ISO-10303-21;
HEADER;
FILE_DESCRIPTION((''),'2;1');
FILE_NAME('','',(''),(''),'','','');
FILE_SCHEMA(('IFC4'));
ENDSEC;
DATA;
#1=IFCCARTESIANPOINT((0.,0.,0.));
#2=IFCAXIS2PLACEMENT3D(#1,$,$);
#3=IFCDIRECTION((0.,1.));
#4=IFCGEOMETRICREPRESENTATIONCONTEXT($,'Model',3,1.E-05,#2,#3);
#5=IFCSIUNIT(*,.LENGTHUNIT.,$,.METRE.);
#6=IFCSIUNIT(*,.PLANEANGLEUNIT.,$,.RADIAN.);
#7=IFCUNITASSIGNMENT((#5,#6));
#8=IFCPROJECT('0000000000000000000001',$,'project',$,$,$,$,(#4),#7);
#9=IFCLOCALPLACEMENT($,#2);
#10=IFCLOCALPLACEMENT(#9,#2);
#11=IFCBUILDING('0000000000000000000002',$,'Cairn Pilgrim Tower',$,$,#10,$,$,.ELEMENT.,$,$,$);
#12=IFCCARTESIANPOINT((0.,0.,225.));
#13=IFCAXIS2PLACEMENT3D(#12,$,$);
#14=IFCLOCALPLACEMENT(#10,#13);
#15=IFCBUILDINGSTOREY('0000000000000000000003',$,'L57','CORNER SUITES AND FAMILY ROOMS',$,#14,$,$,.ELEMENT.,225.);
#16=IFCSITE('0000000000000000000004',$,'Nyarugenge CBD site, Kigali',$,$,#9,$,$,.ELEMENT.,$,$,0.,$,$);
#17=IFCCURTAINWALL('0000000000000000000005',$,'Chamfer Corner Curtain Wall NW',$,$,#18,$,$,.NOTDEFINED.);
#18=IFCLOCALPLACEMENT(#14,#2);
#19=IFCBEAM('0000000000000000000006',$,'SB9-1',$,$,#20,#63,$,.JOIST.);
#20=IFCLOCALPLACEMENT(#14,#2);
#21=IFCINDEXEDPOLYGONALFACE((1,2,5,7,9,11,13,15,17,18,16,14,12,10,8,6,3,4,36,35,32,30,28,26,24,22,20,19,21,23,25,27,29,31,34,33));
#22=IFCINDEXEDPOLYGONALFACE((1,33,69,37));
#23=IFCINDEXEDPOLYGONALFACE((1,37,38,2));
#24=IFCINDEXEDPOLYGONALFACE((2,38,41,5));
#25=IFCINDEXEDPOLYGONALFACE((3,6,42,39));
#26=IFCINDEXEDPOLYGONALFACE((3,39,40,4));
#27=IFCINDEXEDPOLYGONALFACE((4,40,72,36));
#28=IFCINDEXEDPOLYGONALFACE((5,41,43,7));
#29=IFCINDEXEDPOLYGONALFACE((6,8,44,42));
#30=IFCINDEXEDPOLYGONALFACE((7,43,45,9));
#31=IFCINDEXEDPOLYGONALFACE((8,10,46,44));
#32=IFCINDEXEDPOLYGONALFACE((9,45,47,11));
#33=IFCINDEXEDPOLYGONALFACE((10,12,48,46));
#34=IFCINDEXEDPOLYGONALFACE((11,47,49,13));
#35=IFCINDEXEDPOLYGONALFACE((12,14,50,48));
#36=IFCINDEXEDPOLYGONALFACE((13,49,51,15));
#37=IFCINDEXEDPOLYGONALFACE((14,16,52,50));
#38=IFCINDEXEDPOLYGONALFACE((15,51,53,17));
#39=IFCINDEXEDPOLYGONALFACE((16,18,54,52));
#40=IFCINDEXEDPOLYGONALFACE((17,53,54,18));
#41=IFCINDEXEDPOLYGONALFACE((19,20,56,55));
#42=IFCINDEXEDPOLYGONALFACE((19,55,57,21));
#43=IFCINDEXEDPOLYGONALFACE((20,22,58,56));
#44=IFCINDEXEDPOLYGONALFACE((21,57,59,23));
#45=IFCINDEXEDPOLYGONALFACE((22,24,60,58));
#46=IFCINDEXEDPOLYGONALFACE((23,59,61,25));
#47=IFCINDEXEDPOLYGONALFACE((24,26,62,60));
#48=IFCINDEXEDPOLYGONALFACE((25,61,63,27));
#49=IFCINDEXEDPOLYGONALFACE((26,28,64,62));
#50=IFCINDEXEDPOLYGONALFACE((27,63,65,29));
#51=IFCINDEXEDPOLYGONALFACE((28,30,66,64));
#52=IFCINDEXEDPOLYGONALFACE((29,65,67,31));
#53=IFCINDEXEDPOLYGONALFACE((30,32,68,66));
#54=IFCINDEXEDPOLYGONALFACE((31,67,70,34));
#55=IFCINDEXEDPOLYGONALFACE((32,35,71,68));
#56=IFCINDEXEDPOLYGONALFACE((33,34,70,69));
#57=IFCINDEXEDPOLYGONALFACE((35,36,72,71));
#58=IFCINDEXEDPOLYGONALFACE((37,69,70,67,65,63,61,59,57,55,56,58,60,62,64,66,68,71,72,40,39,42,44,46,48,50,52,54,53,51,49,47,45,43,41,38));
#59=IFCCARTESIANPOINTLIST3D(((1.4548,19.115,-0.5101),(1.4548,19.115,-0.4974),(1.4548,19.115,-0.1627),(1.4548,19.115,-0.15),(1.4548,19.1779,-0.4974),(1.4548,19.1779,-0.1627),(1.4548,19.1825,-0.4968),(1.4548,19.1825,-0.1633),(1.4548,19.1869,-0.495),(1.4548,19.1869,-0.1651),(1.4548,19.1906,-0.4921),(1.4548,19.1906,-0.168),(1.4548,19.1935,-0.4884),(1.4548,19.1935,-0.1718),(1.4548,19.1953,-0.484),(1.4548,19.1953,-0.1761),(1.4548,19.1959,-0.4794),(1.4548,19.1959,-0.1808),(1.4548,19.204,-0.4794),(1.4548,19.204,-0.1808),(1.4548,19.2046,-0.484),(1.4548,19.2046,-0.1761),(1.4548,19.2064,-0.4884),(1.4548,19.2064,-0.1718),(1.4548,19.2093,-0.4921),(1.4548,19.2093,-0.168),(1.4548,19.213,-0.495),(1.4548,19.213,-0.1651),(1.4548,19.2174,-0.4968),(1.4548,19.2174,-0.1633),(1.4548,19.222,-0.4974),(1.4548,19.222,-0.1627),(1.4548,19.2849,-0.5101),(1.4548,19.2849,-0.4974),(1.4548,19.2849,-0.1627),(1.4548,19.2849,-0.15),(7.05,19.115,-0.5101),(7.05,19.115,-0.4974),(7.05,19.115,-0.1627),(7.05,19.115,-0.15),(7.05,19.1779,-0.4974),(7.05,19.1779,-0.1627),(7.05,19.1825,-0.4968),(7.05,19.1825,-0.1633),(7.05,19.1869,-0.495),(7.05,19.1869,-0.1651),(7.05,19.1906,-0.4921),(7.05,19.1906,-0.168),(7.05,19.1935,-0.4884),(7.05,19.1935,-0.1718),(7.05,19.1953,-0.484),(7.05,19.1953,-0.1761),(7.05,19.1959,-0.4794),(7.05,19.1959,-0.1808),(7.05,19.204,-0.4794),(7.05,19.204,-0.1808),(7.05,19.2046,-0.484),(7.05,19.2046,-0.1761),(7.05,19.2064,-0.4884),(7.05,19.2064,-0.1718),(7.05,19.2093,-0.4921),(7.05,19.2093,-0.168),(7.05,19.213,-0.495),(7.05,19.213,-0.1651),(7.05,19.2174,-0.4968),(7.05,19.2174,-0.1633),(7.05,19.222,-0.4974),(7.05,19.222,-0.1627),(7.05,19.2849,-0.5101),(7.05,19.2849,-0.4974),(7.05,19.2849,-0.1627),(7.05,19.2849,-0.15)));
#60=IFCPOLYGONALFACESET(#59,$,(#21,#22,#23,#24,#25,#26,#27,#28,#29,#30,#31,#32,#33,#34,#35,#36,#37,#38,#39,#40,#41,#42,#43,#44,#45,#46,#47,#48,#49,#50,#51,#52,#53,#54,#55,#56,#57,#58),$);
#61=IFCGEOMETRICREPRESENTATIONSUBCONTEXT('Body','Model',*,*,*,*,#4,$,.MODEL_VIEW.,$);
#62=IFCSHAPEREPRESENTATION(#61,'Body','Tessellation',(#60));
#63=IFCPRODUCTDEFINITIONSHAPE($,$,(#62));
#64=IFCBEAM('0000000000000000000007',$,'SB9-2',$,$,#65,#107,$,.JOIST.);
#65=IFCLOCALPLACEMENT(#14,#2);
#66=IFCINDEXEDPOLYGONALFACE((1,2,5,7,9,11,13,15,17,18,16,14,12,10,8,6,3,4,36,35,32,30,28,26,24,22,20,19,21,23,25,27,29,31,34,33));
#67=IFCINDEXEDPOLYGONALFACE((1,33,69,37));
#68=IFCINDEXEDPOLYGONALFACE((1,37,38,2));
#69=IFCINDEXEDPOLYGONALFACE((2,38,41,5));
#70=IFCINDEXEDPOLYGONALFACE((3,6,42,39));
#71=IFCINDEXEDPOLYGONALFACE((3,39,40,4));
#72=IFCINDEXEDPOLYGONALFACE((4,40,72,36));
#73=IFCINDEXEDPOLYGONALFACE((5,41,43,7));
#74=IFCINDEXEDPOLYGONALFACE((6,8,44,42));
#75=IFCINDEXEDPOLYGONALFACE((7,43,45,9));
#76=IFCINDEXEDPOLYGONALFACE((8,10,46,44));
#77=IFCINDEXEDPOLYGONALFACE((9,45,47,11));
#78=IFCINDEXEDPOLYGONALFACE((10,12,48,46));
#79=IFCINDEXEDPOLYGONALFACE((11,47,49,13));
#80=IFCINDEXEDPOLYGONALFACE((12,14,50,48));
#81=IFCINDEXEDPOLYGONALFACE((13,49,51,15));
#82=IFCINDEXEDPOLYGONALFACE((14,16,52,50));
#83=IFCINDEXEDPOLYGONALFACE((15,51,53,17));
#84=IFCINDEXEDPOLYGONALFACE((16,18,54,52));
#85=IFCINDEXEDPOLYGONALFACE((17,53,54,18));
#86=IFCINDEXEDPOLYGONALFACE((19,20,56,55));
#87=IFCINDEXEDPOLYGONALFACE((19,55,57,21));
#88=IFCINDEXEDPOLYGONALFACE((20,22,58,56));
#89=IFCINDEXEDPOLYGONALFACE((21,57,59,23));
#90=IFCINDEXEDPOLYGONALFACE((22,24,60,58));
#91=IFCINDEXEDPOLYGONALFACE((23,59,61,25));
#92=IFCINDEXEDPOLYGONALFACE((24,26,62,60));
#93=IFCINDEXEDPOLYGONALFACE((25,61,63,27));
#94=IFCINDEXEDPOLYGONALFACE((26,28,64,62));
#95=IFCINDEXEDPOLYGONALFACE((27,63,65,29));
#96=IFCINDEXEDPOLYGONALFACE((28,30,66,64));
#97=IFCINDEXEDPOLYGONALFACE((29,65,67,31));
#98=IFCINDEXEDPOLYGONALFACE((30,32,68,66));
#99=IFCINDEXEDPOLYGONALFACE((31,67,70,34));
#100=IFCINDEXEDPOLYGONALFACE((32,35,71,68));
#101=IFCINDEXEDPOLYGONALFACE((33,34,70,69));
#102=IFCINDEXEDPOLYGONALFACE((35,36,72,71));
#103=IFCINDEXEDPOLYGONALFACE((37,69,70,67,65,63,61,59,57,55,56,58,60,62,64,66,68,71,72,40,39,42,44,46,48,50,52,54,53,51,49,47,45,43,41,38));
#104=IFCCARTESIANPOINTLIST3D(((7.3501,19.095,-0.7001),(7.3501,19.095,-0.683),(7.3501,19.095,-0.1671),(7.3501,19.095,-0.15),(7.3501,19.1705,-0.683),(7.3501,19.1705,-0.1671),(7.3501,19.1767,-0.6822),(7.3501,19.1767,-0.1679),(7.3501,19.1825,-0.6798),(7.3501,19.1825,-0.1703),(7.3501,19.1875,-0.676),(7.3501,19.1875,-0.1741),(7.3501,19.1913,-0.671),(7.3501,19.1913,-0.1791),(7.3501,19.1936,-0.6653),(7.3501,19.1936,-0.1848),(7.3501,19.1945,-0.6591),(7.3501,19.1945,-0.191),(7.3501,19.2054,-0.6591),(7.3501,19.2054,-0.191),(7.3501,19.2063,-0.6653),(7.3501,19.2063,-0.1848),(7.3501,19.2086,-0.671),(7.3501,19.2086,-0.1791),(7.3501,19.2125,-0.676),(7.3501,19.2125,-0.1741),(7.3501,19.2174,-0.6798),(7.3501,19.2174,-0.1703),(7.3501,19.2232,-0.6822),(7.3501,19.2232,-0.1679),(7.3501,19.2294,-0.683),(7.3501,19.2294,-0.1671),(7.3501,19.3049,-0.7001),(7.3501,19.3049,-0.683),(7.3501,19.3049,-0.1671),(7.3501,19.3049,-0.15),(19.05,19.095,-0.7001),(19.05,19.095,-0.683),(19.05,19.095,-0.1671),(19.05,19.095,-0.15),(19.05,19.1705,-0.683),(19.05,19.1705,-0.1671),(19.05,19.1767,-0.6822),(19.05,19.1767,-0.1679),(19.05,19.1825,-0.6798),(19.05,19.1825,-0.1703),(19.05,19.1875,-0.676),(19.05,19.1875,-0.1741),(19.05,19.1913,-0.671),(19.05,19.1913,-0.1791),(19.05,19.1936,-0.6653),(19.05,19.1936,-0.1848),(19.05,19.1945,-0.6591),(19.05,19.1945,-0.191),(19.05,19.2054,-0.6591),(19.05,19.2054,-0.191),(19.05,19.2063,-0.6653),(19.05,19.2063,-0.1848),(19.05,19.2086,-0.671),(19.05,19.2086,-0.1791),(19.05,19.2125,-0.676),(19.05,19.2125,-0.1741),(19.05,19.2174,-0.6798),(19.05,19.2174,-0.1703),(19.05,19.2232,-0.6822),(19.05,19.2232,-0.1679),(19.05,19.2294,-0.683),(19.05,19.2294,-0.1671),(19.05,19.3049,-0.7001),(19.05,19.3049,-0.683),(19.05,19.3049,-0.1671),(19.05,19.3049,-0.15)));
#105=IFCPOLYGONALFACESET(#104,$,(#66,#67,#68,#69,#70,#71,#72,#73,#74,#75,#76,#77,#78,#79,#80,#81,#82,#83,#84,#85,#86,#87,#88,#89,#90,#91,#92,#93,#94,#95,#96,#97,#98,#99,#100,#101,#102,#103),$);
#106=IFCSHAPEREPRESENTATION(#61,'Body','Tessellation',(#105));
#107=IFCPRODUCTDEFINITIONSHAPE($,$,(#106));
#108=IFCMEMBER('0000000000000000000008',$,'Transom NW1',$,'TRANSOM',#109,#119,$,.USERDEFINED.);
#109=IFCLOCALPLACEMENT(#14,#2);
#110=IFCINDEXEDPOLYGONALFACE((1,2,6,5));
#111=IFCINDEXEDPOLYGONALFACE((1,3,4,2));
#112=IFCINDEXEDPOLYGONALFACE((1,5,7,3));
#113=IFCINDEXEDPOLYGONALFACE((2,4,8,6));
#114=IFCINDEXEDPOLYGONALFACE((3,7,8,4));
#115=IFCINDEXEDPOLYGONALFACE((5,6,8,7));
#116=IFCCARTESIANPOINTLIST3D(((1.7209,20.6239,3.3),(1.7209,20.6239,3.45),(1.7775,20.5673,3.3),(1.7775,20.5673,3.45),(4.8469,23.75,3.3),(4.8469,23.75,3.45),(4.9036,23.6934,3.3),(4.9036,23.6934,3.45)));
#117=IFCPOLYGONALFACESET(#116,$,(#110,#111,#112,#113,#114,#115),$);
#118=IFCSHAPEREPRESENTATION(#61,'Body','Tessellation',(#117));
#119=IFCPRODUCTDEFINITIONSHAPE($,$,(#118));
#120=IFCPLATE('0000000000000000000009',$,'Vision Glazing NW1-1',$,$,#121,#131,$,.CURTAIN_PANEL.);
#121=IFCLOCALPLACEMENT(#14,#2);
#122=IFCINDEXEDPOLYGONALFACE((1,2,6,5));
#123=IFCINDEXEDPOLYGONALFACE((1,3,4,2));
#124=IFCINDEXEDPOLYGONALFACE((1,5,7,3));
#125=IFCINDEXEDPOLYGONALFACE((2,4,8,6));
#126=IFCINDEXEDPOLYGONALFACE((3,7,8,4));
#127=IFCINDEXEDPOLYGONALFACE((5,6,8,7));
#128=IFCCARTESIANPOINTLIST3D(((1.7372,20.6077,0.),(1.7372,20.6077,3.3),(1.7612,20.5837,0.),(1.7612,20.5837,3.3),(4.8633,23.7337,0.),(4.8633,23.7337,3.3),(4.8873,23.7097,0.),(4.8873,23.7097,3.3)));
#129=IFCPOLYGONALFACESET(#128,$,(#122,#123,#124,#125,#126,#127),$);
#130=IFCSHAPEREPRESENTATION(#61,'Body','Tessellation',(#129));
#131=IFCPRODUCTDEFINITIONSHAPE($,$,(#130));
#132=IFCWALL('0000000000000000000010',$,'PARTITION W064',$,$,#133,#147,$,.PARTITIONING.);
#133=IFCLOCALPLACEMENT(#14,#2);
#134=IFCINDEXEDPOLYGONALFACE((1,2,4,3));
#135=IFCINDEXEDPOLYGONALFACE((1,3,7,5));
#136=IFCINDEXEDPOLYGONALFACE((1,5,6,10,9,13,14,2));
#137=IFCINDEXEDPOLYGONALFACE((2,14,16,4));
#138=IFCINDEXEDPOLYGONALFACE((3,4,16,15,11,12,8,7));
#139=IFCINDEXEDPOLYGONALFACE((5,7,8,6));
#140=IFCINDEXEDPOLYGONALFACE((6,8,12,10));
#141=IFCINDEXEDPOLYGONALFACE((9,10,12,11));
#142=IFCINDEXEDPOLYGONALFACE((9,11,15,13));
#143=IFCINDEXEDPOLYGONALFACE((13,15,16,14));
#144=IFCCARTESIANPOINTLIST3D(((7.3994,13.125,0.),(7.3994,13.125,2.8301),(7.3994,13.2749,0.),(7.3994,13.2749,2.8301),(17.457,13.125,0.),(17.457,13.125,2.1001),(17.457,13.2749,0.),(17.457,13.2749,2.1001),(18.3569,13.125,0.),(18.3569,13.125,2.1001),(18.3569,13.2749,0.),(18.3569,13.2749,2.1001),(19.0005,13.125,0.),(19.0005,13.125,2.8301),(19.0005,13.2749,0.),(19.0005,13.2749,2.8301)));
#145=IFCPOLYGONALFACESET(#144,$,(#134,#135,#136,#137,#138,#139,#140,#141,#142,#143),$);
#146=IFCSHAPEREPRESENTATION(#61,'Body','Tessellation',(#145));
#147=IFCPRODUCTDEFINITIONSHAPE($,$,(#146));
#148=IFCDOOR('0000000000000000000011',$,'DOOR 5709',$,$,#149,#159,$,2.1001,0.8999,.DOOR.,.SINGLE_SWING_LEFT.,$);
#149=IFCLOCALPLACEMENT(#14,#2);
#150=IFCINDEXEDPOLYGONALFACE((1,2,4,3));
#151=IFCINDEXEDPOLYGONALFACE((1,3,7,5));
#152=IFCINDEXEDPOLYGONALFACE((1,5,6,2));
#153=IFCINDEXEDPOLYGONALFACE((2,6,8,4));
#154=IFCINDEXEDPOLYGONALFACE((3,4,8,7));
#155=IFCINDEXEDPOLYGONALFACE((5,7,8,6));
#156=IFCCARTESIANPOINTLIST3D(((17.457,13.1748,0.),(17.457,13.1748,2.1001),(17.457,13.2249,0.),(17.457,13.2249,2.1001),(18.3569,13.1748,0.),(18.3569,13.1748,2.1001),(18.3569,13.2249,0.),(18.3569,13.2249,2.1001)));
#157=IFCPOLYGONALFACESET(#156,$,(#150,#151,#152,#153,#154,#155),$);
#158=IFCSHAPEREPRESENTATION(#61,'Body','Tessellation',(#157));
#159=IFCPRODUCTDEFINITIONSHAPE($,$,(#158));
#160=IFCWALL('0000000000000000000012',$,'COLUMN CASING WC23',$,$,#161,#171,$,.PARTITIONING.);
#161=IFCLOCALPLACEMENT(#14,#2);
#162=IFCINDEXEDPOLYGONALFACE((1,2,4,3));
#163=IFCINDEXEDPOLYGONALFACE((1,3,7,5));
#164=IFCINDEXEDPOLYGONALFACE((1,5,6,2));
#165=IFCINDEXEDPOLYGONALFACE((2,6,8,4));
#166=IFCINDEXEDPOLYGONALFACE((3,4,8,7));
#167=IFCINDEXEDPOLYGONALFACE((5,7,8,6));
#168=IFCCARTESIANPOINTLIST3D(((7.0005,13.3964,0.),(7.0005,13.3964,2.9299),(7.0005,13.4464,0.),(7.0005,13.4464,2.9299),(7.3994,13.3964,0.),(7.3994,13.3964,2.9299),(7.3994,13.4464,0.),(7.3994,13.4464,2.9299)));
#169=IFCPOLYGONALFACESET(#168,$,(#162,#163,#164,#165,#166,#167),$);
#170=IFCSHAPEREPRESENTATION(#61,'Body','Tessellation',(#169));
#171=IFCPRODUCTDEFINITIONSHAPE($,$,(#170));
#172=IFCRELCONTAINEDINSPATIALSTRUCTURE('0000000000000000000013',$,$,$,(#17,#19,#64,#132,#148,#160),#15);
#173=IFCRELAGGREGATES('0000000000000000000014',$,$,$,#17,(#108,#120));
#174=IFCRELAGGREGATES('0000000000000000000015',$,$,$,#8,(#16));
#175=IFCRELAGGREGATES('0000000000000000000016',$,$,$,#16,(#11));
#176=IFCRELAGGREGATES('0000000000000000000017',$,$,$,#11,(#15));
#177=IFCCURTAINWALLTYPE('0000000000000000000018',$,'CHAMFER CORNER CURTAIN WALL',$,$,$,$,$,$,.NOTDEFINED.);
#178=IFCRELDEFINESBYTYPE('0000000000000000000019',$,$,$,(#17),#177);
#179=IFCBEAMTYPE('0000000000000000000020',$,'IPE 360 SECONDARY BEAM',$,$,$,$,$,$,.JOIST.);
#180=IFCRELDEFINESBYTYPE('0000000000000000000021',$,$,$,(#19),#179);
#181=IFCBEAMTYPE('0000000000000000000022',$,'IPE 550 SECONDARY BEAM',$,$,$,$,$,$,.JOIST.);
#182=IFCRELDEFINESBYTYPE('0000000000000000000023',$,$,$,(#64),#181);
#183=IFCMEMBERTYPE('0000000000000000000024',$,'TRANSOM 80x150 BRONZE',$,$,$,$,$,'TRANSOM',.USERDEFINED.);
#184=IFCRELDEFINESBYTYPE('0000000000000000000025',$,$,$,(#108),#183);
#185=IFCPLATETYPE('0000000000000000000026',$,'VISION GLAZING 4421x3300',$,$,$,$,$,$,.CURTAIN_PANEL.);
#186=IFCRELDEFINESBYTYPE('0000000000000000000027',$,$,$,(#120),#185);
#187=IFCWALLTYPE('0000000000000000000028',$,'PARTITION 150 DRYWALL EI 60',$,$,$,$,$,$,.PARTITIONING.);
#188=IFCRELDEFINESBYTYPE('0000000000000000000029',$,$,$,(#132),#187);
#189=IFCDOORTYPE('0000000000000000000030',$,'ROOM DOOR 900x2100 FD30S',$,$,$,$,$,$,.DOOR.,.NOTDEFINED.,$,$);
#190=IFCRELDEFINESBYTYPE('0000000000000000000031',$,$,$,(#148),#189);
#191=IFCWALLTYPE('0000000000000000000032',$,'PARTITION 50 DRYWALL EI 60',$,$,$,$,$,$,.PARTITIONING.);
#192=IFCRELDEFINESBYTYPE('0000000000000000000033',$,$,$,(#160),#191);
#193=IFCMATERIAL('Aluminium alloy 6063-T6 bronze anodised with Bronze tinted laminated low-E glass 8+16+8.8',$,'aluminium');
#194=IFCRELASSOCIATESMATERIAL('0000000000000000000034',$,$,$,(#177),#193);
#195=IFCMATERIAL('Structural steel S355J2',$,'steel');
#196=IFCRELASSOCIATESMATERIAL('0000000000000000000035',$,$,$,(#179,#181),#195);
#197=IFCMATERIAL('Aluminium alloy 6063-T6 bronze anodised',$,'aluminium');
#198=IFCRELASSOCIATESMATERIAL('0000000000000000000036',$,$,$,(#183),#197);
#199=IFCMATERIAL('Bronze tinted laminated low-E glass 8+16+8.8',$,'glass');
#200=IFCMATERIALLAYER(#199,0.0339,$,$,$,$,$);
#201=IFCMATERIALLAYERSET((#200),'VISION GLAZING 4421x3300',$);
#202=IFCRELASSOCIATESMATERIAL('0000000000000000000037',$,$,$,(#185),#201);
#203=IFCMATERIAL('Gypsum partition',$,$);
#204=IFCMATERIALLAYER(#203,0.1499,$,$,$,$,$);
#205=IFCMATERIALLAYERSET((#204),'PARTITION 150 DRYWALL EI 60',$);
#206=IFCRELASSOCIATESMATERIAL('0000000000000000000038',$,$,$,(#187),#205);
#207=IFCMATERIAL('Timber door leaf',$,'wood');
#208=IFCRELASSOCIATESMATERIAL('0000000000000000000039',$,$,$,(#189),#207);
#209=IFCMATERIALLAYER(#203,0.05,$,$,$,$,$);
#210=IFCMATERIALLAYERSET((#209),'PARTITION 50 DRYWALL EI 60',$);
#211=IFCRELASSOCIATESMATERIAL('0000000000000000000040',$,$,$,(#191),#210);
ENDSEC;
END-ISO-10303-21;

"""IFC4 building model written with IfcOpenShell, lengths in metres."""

from ifc_helpers import new_model, si_unit, direction, frame, frame_2d, origin, origin_2d, place, context, subcontext, project, spatial, rectangle, i_section, extrude, material, layer, layer_set, material_profile, profile_set, type_object, element, fill, aggregate, save


model = new_model("IFC4")

# Units and contexts
model_context = context("Model", 3, precision=1e-05, world=origin(), true_north=direction((0.0, 1.0)))
body_context = subcontext(model_context, "Body", "Model", "MODEL_VIEW")
ifc_project = project(units=[si_unit("LENGTHUNIT", "METRE"), si_unit("PLANEANGLEUNIT", "RADIAN")], contexts=[model_context])

# Site, building, storey
site_placement = place(None, origin())
site = spatial("IfcSite", under=ifc_project, at=site_placement, Name="Nyarugenge CBD site, Kigali", CompositionType="ELEMENT", RefElevation=0.0)
building_placement = place(site_placement, origin())
building = spatial("IfcBuilding", under=site, at=building_placement, Name="Cairn Pilgrim Tower", CompositionType="ELEMENT")
storey_placement = place(building_placement, frame((0.0, 0.0, 225.0)))
storey = spatial("IfcBuildingStorey", under=building, at=storey_placement, Name="L57", Description="CORNER SUITES AND FAMILY ROOMS", CompositionType="ELEMENT", Elevation=225.0)

# Shared definitions
ifc_material_1 = material(Name="Structural steel S355J2", Category="steel")

# Shared definitions
ifc_material_2 = material(Name="Aluminium alloy 6063-T6 bronze anodised with Bronze tinted laminated low-E glass 8+16+8.8", Category="aluminium")
ifc_material_3 = material(Name="Aluminium alloy 6063-T6 bronze anodised", Category="aluminium")

# Curtain wall
curtain_wall_type_1 = type_object("IfcCurtainWallType", Name="CHAMFER CORNER CURTAIN WALL", PredefinedType="NOTDEFINED", material=ifc_material_2)
curtain_wall_1_placement = place(storey_placement, origin())
curtain_wall_1 = element("IfcCurtainWall", 1, at=curtain_wall_1_placement, inside=storey, type_object=curtain_wall_type_1, Name="Chamfer Corner Curtain Wall NW", PredefinedType="NOTDEFINED")

# Beams
ifc_material_profile_1 = material_profile(ifc_material_1, i_section(OverallWidth=0.1699, OverallDepth=0.3601, WebThickness=0.0081, FlangeThickness=0.0127, FilletRadius=0.0181, at=origin_2d()), Name="IPE 360")
ifc_profile_set_1 = profile_set([ifc_material_profile_1], Name="Structural steel S355J2")
beam_type_1 = type_object("IfcBeamType", Name="IPE 360 SECONDARY BEAM", PredefinedType="JOIST", material=ifc_profile_set_1)
beam_1_placement = place(storey_placement, frame((1.4548, 19.2, -0.3301), z_axis=(1.0, 0.0, 0.0), x_axis=(0.0, 1.0, 0.0)))
element("IfcBeam", 2, at=beam_1_placement, inside=storey, type_object=beam_type_1, Name="SB9-1", PredefinedType="JOIST", context=body_context, shape_type="SweptSolid", body=[
    extrude(i_section(OverallWidth=0.1699, OverallDepth=0.3601, WebThickness=0.0081, FlangeThickness=0.0127, FilletRadius=0.0181, at=origin_2d()), origin(), (0.0, 0.0, 1.0), 5.5952),
])
ifc_material_profile_2 = material_profile(ifc_material_1, i_section(OverallWidth=0.21, OverallDepth=0.55, WebThickness=0.011, FlangeThickness=0.0171, FilletRadius=0.0239, at=origin_2d()), Name="IPE 550")
ifc_profile_set_2 = profile_set([ifc_material_profile_2], Name="Structural steel S355J2")
beam_type_2 = type_object("IfcBeamType", Name="IPE 550 SECONDARY BEAM", PredefinedType="JOIST", material=ifc_profile_set_2)
beam_2_placement = place(storey_placement, frame((7.3501, 19.2, -0.425), z_axis=(1.0, 0.0, 0.0), x_axis=(0.0, 1.0, 0.0)))
element("IfcBeam", 3, at=beam_2_placement, inside=storey, type_object=beam_type_2, Name="SB9-2", PredefinedType="JOIST", context=body_context, shape_type="SweptSolid", body=[
    extrude(i_section(OverallWidth=0.21, OverallDepth=0.55, WebThickness=0.011, FlangeThickness=0.0171, FilletRadius=0.0239, at=origin_2d()), origin(), (0.0, 0.0, 1.0), 11.7),
])

# Member
ifc_material_profile_3 = material_profile(ifc_material_3, rectangle(XDim=0.0801, YDim=0.1499, at=origin_2d()), Name="TRANSOM 80x150 BRONZE")
ifc_profile_set_3 = profile_set([ifc_material_profile_3], Name="Aluminium alloy 6063-T6 bronze anodised")
member_type_1 = type_object("IfcMemberType", Name="TRANSOM 80x150 BRONZE", ElementType="TRANSOM", PredefinedType="USERDEFINED", material=ifc_profile_set_3)
member_1_placement = place(storey_placement, frame((4.8752, 23.7217, 3.375), z_axis=(-0.707107, -0.707107, 0.0), x_axis=(0.707107, -0.707107, 0.0)))
member_1 = element("IfcMember", 4, at=member_1_placement, type_object=member_type_1, Name="Transom NW1", ObjectType="TRANSOM", PredefinedType="USERDEFINED", context=body_context, shape_type="SweptSolid", body=[
    extrude(rectangle(XDim=0.0801, YDim=0.1499, at=origin_2d()), origin(), (0.0, 0.0, 1.0), 4.4209),
])

# Plate
ifc_material_4 = material(Name="Bronze tinted laminated low-E glass 8+16+8.8", Category="glass")
ifc_layer_1 = layer(ifc_material_4, 0.0339)
ifc_layer_set_1 = layer_set([ifc_layer_1], Name="VISION GLAZING 4421x3300")
plate_type = type_object("IfcPlateType", Name="VISION GLAZING 4421x3300", PredefinedType="CURTAIN_PANEL", material=ifc_layer_set_1)
plate_placement = place(storey_placement, frame((3.3123, 22.1587, 0.0), z_axis=(0.0, 0.0, 1.0), x_axis=(-0.707107, -0.707107, 0.0)))
plate = element("IfcPlate", 5, at=plate_placement, type_object=plate_type, Name="Vision Glazing NW1-1", PredefinedType="CURTAIN_PANEL", context=body_context, shape_type="SweptSolid", body=[
    extrude(rectangle(XDim=4.4209, YDim=0.0339, at=origin_2d()), origin(), (0.0, 0.0, 1.0), 3.3),
])
aggregate(curtain_wall_1, [member_1, plate])

# Wall, opening, door
ifc_material_5 = material(Name="Gypsum partition")
ifc_layer_2 = layer(ifc_material_5, 0.1499)
ifc_layer_set_2 = layer_set([ifc_layer_2], Name="PARTITION 150 DRYWALL EI 60")
wall_type_1 = type_object("IfcWallType", Name="PARTITION 150 DRYWALL EI 60", PredefinedType="PARTITIONING", material=ifc_layer_set_2)
wall_1_placement = place(storey_placement, frame((7.3994, 13.2, 0.0), z_axis=(0.0, 0.0, 1.0), x_axis=(1.0, 0.0, 0.0)))
wall_1 = element("IfcWall", 6, at=wall_1_placement, inside=storey, type_object=wall_type_1, Name="PARTITION W064", PredefinedType="PARTITIONING", context=body_context, shape_type="SweptSolid", body=[
    extrude(rectangle(XDim=11.6011, YDim=0.1499, at=frame_2d((5.8005, 0.0))), origin(), (0.0, 0.0, 1.0), 2.8301),
])
opening_1_placement = place(wall_1_placement, frame((10.0576, 0.0, 0.0)))
opening_1 = element("IfcOpeningElement", 7, at=opening_1_placement, cuts=wall_1, PredefinedType="OPENING", context=body_context, shape_type="SweptSolid", body=[
    extrude(rectangle(XDim=0.8999, YDim=2.1001, at=frame_2d((0.45, 1.05))), frame((0.0, 0.085, 0.0), z_axis=(0.0, -1.0, 0.0), x_axis=(1.0, 0.0, 0.0)), (0.0, 0.0, 1.0), 0.1699),
])
ifc_material_6 = material(Name="Timber door leaf", Category="wood")
door_type_1 = type_object("IfcDoorType", Name="ROOM DOOR 900x2100 FD30S", OperationType="NOTDEFINED", PredefinedType="DOOR", material=ifc_material_6)
door_1_placement = place(opening_1_placement, origin())
door_1 = element("IfcDoor", 8, at=door_1_placement, inside=storey, type_object=door_type_1, Name="DOOR 5709", OperationType="SINGLE_SWING_LEFT", OverallHeight=2.1001, OverallWidth=0.8999, PredefinedType="DOOR", context=body_context, shape_type="SweptSolid", body=[
    extrude(rectangle(XDim=0.8999, YDim=2.1001, at=frame_2d((0.45, 1.05))), frame((0.0, 0.0249, 0.0), z_axis=(0.0, -1.0, 0.0), x_axis=(1.0, 0.0, 0.0)), (0.0, 0.0, 1.0), 0.05),
])
fill(opening_1, door_1)

# Wall
ifc_layer_3 = layer(ifc_material_5, 0.05)
ifc_layer_set_3 = layer_set([ifc_layer_3], Name="PARTITION 50 DRYWALL EI 60")
wall_type_2 = type_object("IfcWallType", Name="PARTITION 50 DRYWALL EI 60", PredefinedType="PARTITIONING", material=ifc_layer_set_3)
wall_2_placement = place(storey_placement, frame((7.0005, 13.4214, 0.0), z_axis=(0.0, 0.0, 1.0), x_axis=(1.0, 0.0, 0.0)))
element("IfcWall", 9, at=wall_2_placement, inside=storey, type_object=wall_type_2, Name="COLUMN CASING WC23", PredefinedType="PARTITIONING", context=body_context, shape_type="SweptSolid", body=[
    extrude(rectangle(XDim=0.3989, YDim=0.05, at=frame_2d((0.1995, 0.0))), origin(), (0.0, 0.0, 1.0), 2.9299),
])

save(model, "model.ifc")
